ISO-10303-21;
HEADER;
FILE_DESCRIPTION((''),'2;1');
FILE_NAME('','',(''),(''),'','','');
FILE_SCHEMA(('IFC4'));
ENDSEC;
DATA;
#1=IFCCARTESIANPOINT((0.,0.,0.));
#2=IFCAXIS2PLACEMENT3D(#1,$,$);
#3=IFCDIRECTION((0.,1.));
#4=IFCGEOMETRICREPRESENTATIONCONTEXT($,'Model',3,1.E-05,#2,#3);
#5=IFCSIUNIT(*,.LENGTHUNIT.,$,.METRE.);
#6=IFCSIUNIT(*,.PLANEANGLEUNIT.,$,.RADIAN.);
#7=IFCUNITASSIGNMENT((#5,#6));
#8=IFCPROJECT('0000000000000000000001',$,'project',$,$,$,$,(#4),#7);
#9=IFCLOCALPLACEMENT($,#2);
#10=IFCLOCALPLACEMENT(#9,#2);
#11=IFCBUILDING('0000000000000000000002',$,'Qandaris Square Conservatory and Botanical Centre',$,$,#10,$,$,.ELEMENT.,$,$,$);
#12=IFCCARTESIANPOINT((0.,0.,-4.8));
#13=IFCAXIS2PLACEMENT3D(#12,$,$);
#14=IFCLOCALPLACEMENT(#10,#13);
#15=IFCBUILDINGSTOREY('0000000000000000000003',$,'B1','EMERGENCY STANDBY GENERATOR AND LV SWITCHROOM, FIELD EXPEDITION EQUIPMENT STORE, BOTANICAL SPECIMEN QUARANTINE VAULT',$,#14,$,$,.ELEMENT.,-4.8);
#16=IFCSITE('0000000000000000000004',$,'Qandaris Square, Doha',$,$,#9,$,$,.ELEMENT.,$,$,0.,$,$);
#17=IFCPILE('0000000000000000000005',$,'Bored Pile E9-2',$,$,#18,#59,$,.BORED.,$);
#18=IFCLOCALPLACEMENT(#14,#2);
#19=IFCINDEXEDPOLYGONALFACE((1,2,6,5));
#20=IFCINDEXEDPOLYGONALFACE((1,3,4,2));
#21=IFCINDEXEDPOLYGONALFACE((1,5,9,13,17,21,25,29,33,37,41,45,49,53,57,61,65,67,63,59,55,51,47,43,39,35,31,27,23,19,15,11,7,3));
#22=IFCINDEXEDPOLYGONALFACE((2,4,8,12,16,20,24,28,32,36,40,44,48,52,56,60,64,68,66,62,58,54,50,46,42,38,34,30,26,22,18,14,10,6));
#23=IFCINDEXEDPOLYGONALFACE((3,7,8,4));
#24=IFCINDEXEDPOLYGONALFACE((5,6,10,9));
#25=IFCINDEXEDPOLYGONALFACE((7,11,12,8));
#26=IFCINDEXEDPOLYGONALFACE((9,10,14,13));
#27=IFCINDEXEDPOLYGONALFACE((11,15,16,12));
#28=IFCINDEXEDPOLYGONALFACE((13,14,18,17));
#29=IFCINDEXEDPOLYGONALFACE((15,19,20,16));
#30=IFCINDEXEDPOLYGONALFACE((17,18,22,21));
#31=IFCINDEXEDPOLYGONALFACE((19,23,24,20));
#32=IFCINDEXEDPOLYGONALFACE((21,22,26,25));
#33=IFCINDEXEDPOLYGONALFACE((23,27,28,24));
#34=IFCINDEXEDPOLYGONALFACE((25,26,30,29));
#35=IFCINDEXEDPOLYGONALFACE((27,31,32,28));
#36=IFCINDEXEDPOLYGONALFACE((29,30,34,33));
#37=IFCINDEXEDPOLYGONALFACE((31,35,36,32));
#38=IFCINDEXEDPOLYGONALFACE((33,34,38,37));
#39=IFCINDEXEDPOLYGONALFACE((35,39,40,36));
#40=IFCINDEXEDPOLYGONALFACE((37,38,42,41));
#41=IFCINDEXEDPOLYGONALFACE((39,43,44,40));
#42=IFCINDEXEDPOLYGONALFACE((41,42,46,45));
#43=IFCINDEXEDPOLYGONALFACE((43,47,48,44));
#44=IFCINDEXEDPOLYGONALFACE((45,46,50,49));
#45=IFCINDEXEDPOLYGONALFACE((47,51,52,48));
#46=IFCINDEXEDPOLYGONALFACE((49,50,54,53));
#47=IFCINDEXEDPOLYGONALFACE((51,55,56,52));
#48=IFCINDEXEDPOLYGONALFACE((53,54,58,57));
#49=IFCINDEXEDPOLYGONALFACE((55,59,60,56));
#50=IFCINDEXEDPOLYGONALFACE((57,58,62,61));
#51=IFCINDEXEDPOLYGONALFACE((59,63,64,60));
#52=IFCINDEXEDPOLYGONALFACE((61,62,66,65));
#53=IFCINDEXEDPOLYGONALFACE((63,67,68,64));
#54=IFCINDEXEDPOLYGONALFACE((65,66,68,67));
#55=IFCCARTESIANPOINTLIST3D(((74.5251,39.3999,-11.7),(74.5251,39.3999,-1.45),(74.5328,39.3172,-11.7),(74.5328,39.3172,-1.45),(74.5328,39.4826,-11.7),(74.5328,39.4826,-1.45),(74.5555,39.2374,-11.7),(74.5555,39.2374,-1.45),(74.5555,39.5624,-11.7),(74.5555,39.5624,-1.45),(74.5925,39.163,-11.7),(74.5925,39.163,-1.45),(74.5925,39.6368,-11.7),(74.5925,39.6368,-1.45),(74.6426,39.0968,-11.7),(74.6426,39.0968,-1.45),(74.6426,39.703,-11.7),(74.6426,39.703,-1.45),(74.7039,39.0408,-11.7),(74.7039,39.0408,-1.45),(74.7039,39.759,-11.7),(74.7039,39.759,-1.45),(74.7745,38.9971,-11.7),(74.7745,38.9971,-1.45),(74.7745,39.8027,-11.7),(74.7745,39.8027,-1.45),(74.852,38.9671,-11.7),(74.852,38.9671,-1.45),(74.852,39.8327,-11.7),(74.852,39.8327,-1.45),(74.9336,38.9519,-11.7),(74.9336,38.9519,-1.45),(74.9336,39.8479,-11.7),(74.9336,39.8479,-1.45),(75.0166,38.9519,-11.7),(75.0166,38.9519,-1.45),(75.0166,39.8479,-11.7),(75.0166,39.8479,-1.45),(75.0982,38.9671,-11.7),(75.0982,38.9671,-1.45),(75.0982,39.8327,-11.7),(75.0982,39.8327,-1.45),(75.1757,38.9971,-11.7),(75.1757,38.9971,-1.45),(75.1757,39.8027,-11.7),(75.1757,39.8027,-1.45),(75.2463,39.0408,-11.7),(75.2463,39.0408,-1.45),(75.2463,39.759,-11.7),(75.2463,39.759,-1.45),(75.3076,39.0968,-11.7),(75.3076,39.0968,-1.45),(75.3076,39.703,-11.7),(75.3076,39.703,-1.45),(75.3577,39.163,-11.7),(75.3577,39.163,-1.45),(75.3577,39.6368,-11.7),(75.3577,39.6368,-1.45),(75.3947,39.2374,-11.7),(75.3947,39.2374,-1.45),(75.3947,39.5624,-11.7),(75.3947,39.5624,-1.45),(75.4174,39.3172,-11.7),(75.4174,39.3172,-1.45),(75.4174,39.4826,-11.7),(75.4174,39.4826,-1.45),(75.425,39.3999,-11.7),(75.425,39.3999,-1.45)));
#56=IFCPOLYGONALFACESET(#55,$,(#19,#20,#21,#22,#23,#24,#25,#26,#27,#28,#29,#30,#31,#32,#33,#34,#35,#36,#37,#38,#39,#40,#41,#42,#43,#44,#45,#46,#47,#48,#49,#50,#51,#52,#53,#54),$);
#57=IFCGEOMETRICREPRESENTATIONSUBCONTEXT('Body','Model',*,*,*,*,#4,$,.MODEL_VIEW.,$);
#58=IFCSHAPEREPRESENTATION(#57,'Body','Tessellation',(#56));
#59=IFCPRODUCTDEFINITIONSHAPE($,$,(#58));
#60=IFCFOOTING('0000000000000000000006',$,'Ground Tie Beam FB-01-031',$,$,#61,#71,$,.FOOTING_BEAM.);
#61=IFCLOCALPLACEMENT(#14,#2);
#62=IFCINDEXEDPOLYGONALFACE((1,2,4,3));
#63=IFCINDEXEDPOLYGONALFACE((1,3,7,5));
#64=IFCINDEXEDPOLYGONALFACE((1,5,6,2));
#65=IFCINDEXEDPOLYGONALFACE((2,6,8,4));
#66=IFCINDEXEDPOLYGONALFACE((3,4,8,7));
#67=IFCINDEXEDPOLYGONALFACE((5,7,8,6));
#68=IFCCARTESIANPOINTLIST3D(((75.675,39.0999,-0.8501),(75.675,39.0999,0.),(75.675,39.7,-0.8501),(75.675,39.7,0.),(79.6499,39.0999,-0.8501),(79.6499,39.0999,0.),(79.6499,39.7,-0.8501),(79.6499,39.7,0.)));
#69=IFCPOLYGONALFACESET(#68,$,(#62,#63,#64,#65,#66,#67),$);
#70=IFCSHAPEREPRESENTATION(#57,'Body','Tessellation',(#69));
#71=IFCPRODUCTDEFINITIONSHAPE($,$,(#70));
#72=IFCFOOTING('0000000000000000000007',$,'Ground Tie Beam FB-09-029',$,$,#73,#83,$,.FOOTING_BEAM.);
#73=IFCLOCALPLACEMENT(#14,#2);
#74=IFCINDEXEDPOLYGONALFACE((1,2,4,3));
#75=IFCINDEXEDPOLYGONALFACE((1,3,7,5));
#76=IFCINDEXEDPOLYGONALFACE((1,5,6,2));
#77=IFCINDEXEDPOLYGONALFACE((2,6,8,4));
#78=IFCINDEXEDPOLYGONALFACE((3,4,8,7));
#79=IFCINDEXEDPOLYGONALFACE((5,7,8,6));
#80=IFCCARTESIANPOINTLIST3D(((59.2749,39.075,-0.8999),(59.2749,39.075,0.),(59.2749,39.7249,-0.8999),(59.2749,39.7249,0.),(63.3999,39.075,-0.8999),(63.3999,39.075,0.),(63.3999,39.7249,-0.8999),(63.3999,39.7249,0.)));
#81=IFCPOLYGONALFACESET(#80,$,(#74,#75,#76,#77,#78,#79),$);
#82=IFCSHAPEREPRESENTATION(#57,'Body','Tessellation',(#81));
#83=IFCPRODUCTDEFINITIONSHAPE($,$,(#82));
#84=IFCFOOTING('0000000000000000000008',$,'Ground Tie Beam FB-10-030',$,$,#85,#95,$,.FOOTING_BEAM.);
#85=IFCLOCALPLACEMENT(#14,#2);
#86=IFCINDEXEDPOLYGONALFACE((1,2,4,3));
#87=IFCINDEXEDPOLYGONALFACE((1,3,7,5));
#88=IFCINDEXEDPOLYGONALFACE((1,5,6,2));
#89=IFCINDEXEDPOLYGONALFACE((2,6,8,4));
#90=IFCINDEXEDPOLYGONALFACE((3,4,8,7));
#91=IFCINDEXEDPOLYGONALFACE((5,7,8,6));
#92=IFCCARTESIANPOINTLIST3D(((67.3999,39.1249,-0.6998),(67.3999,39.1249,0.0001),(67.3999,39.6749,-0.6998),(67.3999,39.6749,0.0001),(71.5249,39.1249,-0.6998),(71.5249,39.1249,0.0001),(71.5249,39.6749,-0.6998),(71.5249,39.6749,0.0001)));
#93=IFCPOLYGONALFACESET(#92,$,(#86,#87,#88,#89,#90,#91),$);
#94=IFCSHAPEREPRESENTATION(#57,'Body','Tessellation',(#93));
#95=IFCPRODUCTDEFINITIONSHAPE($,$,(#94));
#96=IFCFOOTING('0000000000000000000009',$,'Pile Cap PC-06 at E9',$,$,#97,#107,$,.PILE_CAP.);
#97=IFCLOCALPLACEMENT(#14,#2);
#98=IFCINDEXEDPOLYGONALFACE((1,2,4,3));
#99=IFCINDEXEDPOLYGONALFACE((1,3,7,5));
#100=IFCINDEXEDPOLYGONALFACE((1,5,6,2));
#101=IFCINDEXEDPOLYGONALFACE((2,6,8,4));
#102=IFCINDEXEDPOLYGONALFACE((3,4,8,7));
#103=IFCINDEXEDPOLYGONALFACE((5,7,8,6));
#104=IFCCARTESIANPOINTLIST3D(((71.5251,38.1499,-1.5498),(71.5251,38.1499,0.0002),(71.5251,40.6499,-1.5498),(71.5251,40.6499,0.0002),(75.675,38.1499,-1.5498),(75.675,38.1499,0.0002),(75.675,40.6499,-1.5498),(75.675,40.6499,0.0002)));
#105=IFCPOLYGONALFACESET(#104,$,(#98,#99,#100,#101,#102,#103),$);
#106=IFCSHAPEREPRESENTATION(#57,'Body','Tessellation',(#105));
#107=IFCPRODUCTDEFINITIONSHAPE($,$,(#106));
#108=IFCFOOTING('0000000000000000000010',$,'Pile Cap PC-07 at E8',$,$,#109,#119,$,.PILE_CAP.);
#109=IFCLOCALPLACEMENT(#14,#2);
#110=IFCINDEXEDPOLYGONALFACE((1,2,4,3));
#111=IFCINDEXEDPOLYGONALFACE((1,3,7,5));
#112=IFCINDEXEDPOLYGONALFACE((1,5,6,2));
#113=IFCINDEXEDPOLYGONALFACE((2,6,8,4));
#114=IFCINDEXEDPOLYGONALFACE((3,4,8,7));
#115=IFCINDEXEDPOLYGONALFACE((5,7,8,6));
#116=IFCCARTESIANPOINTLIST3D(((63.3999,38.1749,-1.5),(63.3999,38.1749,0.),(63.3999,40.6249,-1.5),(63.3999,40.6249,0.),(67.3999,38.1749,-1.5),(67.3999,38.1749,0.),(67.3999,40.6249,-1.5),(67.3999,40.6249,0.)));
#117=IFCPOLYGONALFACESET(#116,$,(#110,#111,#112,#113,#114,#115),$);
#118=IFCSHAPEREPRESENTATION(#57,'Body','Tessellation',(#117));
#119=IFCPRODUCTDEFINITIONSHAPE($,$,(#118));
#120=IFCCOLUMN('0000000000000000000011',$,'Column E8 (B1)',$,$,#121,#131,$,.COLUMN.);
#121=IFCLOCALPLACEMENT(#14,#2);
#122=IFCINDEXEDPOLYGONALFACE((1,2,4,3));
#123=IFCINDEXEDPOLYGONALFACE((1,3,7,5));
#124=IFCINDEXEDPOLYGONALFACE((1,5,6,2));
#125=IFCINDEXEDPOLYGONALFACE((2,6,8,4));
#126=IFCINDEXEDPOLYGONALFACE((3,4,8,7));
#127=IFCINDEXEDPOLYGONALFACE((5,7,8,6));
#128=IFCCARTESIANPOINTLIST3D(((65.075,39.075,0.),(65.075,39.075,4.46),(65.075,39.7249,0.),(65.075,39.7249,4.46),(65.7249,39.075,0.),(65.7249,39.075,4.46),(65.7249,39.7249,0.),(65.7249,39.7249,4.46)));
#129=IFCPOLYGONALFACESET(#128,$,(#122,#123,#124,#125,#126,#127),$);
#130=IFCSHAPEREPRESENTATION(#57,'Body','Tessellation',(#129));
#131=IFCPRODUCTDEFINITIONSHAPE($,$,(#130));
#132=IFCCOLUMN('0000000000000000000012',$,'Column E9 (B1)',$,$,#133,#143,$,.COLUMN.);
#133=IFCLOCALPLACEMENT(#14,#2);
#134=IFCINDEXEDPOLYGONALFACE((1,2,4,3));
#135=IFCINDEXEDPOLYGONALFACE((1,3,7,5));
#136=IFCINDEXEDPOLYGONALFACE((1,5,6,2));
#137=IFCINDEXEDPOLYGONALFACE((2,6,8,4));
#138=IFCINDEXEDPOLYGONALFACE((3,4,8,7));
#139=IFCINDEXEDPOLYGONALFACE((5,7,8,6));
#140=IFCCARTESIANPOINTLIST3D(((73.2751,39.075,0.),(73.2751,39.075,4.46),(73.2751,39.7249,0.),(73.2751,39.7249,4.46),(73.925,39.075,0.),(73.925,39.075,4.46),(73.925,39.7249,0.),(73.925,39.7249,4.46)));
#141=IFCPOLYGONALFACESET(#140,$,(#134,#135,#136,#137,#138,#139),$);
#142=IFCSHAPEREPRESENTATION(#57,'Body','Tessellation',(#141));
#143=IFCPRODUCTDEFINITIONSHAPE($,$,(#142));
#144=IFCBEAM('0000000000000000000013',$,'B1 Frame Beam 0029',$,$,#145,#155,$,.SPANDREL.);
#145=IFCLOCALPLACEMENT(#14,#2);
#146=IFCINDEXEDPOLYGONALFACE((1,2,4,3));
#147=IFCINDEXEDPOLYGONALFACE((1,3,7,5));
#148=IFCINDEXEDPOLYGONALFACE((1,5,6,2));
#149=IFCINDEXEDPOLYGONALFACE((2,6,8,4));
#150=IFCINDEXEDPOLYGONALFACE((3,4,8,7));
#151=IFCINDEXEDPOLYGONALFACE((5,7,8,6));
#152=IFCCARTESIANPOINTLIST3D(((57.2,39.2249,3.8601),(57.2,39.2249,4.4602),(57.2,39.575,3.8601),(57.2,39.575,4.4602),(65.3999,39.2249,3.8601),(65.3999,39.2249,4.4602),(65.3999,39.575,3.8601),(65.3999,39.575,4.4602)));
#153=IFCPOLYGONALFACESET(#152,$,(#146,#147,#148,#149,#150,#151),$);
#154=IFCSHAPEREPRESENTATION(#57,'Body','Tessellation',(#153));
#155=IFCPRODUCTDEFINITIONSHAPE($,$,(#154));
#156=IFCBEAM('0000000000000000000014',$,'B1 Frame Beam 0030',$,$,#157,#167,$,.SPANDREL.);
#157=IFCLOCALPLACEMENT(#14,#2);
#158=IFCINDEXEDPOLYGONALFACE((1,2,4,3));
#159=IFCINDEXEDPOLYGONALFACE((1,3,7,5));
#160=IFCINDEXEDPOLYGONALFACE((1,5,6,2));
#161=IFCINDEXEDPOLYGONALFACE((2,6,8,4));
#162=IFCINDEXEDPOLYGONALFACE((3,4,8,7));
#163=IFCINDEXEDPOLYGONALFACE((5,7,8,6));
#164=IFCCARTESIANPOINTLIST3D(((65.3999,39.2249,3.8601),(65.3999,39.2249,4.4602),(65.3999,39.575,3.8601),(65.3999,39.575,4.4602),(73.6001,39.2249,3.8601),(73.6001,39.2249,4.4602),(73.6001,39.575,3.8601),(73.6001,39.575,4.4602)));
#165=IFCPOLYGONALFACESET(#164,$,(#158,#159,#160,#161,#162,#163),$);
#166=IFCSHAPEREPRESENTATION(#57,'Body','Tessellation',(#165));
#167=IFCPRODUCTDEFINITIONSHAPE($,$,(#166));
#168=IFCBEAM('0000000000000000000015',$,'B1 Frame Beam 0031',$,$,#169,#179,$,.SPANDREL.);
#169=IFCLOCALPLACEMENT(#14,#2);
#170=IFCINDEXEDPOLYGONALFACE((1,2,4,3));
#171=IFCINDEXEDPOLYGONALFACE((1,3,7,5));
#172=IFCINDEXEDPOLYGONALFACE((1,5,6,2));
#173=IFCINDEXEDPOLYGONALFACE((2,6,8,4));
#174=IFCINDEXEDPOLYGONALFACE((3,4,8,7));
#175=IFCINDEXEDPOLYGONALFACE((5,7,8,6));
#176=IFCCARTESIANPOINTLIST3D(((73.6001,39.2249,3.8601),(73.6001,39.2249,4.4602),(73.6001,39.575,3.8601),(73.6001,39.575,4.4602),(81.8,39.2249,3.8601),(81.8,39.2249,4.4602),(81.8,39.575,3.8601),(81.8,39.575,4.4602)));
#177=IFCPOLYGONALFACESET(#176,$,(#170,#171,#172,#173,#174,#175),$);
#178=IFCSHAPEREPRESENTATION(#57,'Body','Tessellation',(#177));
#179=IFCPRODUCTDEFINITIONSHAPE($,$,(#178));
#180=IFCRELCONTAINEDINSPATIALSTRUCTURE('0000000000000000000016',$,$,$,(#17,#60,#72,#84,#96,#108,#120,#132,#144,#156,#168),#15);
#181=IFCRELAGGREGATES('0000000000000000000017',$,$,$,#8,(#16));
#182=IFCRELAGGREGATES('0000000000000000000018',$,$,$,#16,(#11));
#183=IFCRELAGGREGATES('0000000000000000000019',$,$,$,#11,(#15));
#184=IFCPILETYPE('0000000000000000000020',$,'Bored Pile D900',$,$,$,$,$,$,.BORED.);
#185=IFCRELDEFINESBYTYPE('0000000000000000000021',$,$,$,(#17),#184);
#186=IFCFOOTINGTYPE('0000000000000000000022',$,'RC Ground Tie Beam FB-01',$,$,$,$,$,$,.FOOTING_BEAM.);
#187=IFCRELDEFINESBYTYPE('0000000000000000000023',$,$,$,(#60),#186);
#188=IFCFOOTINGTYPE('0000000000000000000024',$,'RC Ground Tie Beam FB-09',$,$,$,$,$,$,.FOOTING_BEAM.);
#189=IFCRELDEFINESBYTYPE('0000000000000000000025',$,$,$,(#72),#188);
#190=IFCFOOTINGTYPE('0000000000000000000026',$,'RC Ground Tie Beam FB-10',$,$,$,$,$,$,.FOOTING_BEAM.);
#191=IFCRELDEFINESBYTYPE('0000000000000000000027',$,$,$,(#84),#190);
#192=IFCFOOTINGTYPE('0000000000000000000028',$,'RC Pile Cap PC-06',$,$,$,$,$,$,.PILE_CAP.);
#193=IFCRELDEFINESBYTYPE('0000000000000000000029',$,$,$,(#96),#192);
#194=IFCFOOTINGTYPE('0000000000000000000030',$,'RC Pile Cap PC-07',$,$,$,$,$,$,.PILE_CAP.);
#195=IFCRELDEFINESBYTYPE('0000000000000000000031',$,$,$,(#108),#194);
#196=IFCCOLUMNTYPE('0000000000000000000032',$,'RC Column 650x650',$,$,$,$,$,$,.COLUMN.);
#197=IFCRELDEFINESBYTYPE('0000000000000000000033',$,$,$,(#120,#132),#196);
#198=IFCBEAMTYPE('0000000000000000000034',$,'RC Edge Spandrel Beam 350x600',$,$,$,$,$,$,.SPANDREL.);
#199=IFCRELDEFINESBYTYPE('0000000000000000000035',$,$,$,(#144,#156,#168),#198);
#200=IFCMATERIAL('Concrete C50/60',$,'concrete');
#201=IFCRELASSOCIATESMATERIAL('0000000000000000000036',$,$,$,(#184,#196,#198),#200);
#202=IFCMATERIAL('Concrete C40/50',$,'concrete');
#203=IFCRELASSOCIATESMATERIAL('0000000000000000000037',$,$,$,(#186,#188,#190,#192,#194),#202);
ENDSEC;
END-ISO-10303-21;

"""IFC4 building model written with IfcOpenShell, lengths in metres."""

from ifc_helpers import new_model, si_unit, direction, frame, origin, origin_2d, place, context, subcontext, project, spatial, rectangle, circle, extrude, material, material_profile, profile_set, type_object, element, save


model = new_model("IFC4")

# Units and contexts
model_context = context("Model", 3, precision=1e-05, world=origin(), true_north=direction((0.0, 1.0)))
body_context = subcontext(model_context, "Body", "Model", "MODEL_VIEW")
ifc_project = project(units=[si_unit("LENGTHUNIT", "METRE"), si_unit("PLANEANGLEUNIT", "RADIAN")], contexts=[model_context])

# Site, building, storey
site_placement = place(None, origin())
site = spatial("IfcSite", under=ifc_project, at=site_placement, Name="Qandaris Square, Doha", CompositionType="ELEMENT", RefElevation=0.0)
building_placement = place(site_placement, origin())
building = spatial("IfcBuilding", under=site, at=building_placement, Name="Qandaris Square Conservatory and Botanical Centre", CompositionType="ELEMENT")
storey_placement = place(building_placement, frame((0.0, 0.0, -4.8)))
storey = spatial("IfcBuildingStorey", under=building, at=storey_placement, Name="B1", Description="EMERGENCY STANDBY GENERATOR AND LV SWITCHROOM, FIELD EXPEDITION EQUIPMENT STORE, BOTANICAL SPECIMEN QUARANTINE VAULT", CompositionType="ELEMENT", Elevation=-4.8)

# Pile
ifc_material_1 = material(Name="Concrete C50/60", Category="concrete")
ifc_material_profile_1 = material_profile(ifc_material_1, circle(Radius=0.45, at=origin_2d()), Name="PILE D900")
ifc_profile_set_1 = profile_set([ifc_material_profile_1], Name="Concrete C50/60")
pile_type = type_object("IfcPileType", Name="Bored Pile D900", PredefinedType="BORED", material=ifc_profile_set_1)
for number, where, z_axis, x_axis, name in (
    (1, (74.9751, 39.3999, -1.45), (0.0, 0.0, -1.0), (1.0, 0.0, 0.0), "Bored Pile E9-2"),
):
    element("IfcPile", number, at=place(storey_placement, frame(where, z_axis=z_axis, x_axis=x_axis)), inside=storey, type_object=pile_type, Name=name, PredefinedType="BORED", context=body_context, shape_type="SweptSolid", body=[
        extrude(circle(Radius=0.45, at=origin_2d()), origin(), (0.0, 0.0, 1.0), 10.25),
    ])

# Footings
ifc_material_2 = material(Name="Concrete C40/50", Category="concrete")
ifc_material_profile_2 = material_profile(ifc_material_2, rectangle(XDim=0.6001, YDim=0.8501, at=origin_2d()), Name="FB 600x850")
ifc_profile_set_2 = profile_set([ifc_material_profile_2], Name="Concrete C40/50")
footing_type_1 = type_object("IfcFootingType", Name="RC Ground Tie Beam FB-01", PredefinedType="FOOTING_BEAM", material=ifc_profile_set_2)
footing_1_placement = place(storey_placement, frame((75.675, 39.3999, -0.425), z_axis=(1.0, 0.0, 0.0), x_axis=(0.0, 1.0, 0.0)))
element("IfcFooting", 2, at=footing_1_placement, inside=storey, type_object=footing_type_1, Name="Ground Tie Beam FB-01-031", PredefinedType="FOOTING_BEAM", context=body_context, shape_type="SweptSolid", body=[
    extrude(rectangle(XDim=0.6001, YDim=0.8501, at=origin_2d()), origin(), (0.0, 0.0, 1.0), 3.9749),
])
ifc_material_profile_3 = material_profile(ifc_material_2, rectangle(XDim=0.6499, YDim=0.8999, at=origin_2d()), Name="FB 650x900")
ifc_profile_set_3 = profile_set([ifc_material_profile_3], Name="Concrete C40/50")
footing_type_2 = type_object("IfcFootingType", Name="RC Ground Tie Beam FB-09", PredefinedType="FOOTING_BEAM", material=ifc_profile_set_3)
footing_2_placement = place(storey_placement, frame((59.2749, 39.3999, -0.45), z_axis=(1.0, 0.0, 0.0), x_axis=(0.0, 1.0, 0.0)))
element("IfcFooting", 3, at=footing_2_placement, inside=storey, type_object=footing_type_2, Name="Ground Tie Beam FB-09-029", PredefinedType="FOOTING_BEAM", context=body_context, shape_type="SweptSolid", body=[
    extrude(rectangle(XDim=0.6499, YDim=0.8999, at=origin_2d()), origin(), (0.0, 0.0, 1.0), 4.125),
])
ifc_material_profile_4 = material_profile(ifc_material_2, rectangle(XDim=0.55, YDim=0.7, at=origin_2d()), Name="FB 550x700")
ifc_profile_set_4 = profile_set([ifc_material_profile_4], Name="Concrete C40/50")
footing_type_3 = type_object("IfcFootingType", Name="RC Ground Tie Beam FB-10", PredefinedType="FOOTING_BEAM", material=ifc_profile_set_4)
footing_3_placement = place(storey_placement, frame((67.3999, 39.3999, -0.3499), z_axis=(1.0, 0.0, 0.0), x_axis=(0.0, 1.0, 0.0)))
element("IfcFooting", 4, at=footing_3_placement, inside=storey, type_object=footing_type_3, Name="Ground Tie Beam FB-10-030", PredefinedType="FOOTING_BEAM", context=body_context, shape_type="SweptSolid", body=[
    extrude(rectangle(XDim=0.55, YDim=0.7, at=origin_2d()), origin(), (0.0, 0.0, 1.0), 4.125),
])
footing_type_4 = type_object("IfcFootingType", Name="RC Pile Cap PC-06", PredefinedType="PILE_CAP", material=ifc_material_2)
footing_4_placement = place(storey_placement, frame((73.6001, 39.3999, -1.5498), z_axis=(0.0, 0.0, 1.0), x_axis=(1.0, 0.0, 0.0)))
element("IfcFooting", 5, at=footing_4_placement, inside=storey, type_object=footing_type_4, Name="Pile Cap PC-06 at E9", PredefinedType="PILE_CAP", context=body_context, shape_type="SweptSolid", body=[
    extrude(rectangle(XDim=4.1499, YDim=2.5, at=origin_2d()), origin(), (0.0, 0.0, 1.0), 1.55),
])
footing_type_5 = type_object("IfcFootingType", Name="RC Pile Cap PC-07", PredefinedType="PILE_CAP", material=ifc_material_2)
footing_5_placement = place(storey_placement, frame((65.3999, 39.3999, -1.5), z_axis=(0.0, 0.0, 1.0), x_axis=(1.0, 0.0, 0.0)))
element("IfcFooting", 6, at=footing_5_placement, inside=storey, type_object=footing_type_5, Name="Pile Cap PC-07 at E8", PredefinedType="PILE_CAP", context=body_context, shape_type="SweptSolid", body=[
    extrude(rectangle(XDim=4.0, YDim=2.45, at=origin_2d()), origin(), (0.0, 0.0, 1.0), 1.5),
])

# Columns
ifc_material_profile_5 = material_profile(ifc_material_1, rectangle(XDim=0.6499, YDim=0.6499, at=origin_2d()), Name="RC-COL 650x650")
ifc_profile_set_5 = profile_set([ifc_material_profile_5], Name="Concrete C50/60")
column_type = type_object("IfcColumnType", Name="RC Column 650x650", PredefinedType="COLUMN", material=ifc_profile_set_5)
for number, where, z_axis, x_axis, name in (
    (7, (65.3999, 39.3999, 0.0), (0.0, 0.0, 1.0), (1.0, 0.0, 0.0), "Column E8 (B1)"),
    (8, (73.6001, 39.3999, 0.0), (0.0, 0.0, 1.0), (1.0, 0.0, 0.0), "Column E9 (B1)"),
):
    element("IfcColumn", number, at=place(storey_placement, frame(where, z_axis=z_axis, x_axis=x_axis)), inside=storey, type_object=column_type, Name=name, PredefinedType="COLUMN", context=body_context, shape_type="SweptSolid", body=[
        extrude(rectangle(XDim=0.6499, YDim=0.6499, at=origin_2d()), origin(), (0.0, 0.0, 1.0), 4.46),
    ])

# Beams
ifc_material_profile_6 = material_profile(ifc_material_1, rectangle(XDim=0.3501, YDim=0.6001, at=origin_2d()), Name="RC-SP 350x600")
ifc_profile_set_6 = profile_set([ifc_material_profile_6], Name="Concrete C50/60")
beam_type = type_object("IfcBeamType", Name="RC Edge Spandrel Beam 350x600", PredefinedType="SPANDREL", material=ifc_profile_set_6)
beam_1_placement = place(storey_placement, frame((57.2, 39.3999, 4.1602), z_axis=(1.0, 0.0, 0.0), x_axis=(0.0, 1.0, 0.0)))
element("IfcBeam", 9, at=beam_1_placement, inside=storey, type_object=beam_type, Name="B1 Frame Beam 0029", PredefinedType="SPANDREL", context=body_context, shape_type="SweptSolid", body=[
    extrude(rectangle(XDim=0.3501, YDim=0.6001, at=origin_2d()), origin(), (0.0, 0.0, 1.0), 8.2),
])
beam_2_placement = place(storey_placement, frame((65.3999, 39.3999, 4.1602), z_axis=(1.0, 0.0, 0.0), x_axis=(0.0, 1.0, 0.0)))
element("IfcBeam", 10, at=beam_2_placement, inside=storey, type_object=beam_type, Name="B1 Frame Beam 0030", PredefinedType="SPANDREL", context=body_context, shape_type="SweptSolid", body=[
    extrude(rectangle(XDim=0.3501, YDim=0.6001, at=origin_2d()), origin(), (0.0, 0.0, 1.0), 8.2002),
])
beam_3_placement = place(storey_placement, frame((73.6001, 39.3999, 4.1602), z_axis=(1.0, 0.0, 0.0), x_axis=(0.0, 1.0, 0.0)))
element("IfcBeam", 11, at=beam_3_placement, inside=storey, type_object=beam_type, Name="B1 Frame Beam 0031", PredefinedType="SPANDREL", context=body_context, shape_type="SweptSolid", body=[
    extrude(rectangle(XDim=0.3501, YDim=0.6001, at=origin_2d()), origin(), (0.0, 0.0, 1.0), 8.2),
])

save(model, "model.ifc")
